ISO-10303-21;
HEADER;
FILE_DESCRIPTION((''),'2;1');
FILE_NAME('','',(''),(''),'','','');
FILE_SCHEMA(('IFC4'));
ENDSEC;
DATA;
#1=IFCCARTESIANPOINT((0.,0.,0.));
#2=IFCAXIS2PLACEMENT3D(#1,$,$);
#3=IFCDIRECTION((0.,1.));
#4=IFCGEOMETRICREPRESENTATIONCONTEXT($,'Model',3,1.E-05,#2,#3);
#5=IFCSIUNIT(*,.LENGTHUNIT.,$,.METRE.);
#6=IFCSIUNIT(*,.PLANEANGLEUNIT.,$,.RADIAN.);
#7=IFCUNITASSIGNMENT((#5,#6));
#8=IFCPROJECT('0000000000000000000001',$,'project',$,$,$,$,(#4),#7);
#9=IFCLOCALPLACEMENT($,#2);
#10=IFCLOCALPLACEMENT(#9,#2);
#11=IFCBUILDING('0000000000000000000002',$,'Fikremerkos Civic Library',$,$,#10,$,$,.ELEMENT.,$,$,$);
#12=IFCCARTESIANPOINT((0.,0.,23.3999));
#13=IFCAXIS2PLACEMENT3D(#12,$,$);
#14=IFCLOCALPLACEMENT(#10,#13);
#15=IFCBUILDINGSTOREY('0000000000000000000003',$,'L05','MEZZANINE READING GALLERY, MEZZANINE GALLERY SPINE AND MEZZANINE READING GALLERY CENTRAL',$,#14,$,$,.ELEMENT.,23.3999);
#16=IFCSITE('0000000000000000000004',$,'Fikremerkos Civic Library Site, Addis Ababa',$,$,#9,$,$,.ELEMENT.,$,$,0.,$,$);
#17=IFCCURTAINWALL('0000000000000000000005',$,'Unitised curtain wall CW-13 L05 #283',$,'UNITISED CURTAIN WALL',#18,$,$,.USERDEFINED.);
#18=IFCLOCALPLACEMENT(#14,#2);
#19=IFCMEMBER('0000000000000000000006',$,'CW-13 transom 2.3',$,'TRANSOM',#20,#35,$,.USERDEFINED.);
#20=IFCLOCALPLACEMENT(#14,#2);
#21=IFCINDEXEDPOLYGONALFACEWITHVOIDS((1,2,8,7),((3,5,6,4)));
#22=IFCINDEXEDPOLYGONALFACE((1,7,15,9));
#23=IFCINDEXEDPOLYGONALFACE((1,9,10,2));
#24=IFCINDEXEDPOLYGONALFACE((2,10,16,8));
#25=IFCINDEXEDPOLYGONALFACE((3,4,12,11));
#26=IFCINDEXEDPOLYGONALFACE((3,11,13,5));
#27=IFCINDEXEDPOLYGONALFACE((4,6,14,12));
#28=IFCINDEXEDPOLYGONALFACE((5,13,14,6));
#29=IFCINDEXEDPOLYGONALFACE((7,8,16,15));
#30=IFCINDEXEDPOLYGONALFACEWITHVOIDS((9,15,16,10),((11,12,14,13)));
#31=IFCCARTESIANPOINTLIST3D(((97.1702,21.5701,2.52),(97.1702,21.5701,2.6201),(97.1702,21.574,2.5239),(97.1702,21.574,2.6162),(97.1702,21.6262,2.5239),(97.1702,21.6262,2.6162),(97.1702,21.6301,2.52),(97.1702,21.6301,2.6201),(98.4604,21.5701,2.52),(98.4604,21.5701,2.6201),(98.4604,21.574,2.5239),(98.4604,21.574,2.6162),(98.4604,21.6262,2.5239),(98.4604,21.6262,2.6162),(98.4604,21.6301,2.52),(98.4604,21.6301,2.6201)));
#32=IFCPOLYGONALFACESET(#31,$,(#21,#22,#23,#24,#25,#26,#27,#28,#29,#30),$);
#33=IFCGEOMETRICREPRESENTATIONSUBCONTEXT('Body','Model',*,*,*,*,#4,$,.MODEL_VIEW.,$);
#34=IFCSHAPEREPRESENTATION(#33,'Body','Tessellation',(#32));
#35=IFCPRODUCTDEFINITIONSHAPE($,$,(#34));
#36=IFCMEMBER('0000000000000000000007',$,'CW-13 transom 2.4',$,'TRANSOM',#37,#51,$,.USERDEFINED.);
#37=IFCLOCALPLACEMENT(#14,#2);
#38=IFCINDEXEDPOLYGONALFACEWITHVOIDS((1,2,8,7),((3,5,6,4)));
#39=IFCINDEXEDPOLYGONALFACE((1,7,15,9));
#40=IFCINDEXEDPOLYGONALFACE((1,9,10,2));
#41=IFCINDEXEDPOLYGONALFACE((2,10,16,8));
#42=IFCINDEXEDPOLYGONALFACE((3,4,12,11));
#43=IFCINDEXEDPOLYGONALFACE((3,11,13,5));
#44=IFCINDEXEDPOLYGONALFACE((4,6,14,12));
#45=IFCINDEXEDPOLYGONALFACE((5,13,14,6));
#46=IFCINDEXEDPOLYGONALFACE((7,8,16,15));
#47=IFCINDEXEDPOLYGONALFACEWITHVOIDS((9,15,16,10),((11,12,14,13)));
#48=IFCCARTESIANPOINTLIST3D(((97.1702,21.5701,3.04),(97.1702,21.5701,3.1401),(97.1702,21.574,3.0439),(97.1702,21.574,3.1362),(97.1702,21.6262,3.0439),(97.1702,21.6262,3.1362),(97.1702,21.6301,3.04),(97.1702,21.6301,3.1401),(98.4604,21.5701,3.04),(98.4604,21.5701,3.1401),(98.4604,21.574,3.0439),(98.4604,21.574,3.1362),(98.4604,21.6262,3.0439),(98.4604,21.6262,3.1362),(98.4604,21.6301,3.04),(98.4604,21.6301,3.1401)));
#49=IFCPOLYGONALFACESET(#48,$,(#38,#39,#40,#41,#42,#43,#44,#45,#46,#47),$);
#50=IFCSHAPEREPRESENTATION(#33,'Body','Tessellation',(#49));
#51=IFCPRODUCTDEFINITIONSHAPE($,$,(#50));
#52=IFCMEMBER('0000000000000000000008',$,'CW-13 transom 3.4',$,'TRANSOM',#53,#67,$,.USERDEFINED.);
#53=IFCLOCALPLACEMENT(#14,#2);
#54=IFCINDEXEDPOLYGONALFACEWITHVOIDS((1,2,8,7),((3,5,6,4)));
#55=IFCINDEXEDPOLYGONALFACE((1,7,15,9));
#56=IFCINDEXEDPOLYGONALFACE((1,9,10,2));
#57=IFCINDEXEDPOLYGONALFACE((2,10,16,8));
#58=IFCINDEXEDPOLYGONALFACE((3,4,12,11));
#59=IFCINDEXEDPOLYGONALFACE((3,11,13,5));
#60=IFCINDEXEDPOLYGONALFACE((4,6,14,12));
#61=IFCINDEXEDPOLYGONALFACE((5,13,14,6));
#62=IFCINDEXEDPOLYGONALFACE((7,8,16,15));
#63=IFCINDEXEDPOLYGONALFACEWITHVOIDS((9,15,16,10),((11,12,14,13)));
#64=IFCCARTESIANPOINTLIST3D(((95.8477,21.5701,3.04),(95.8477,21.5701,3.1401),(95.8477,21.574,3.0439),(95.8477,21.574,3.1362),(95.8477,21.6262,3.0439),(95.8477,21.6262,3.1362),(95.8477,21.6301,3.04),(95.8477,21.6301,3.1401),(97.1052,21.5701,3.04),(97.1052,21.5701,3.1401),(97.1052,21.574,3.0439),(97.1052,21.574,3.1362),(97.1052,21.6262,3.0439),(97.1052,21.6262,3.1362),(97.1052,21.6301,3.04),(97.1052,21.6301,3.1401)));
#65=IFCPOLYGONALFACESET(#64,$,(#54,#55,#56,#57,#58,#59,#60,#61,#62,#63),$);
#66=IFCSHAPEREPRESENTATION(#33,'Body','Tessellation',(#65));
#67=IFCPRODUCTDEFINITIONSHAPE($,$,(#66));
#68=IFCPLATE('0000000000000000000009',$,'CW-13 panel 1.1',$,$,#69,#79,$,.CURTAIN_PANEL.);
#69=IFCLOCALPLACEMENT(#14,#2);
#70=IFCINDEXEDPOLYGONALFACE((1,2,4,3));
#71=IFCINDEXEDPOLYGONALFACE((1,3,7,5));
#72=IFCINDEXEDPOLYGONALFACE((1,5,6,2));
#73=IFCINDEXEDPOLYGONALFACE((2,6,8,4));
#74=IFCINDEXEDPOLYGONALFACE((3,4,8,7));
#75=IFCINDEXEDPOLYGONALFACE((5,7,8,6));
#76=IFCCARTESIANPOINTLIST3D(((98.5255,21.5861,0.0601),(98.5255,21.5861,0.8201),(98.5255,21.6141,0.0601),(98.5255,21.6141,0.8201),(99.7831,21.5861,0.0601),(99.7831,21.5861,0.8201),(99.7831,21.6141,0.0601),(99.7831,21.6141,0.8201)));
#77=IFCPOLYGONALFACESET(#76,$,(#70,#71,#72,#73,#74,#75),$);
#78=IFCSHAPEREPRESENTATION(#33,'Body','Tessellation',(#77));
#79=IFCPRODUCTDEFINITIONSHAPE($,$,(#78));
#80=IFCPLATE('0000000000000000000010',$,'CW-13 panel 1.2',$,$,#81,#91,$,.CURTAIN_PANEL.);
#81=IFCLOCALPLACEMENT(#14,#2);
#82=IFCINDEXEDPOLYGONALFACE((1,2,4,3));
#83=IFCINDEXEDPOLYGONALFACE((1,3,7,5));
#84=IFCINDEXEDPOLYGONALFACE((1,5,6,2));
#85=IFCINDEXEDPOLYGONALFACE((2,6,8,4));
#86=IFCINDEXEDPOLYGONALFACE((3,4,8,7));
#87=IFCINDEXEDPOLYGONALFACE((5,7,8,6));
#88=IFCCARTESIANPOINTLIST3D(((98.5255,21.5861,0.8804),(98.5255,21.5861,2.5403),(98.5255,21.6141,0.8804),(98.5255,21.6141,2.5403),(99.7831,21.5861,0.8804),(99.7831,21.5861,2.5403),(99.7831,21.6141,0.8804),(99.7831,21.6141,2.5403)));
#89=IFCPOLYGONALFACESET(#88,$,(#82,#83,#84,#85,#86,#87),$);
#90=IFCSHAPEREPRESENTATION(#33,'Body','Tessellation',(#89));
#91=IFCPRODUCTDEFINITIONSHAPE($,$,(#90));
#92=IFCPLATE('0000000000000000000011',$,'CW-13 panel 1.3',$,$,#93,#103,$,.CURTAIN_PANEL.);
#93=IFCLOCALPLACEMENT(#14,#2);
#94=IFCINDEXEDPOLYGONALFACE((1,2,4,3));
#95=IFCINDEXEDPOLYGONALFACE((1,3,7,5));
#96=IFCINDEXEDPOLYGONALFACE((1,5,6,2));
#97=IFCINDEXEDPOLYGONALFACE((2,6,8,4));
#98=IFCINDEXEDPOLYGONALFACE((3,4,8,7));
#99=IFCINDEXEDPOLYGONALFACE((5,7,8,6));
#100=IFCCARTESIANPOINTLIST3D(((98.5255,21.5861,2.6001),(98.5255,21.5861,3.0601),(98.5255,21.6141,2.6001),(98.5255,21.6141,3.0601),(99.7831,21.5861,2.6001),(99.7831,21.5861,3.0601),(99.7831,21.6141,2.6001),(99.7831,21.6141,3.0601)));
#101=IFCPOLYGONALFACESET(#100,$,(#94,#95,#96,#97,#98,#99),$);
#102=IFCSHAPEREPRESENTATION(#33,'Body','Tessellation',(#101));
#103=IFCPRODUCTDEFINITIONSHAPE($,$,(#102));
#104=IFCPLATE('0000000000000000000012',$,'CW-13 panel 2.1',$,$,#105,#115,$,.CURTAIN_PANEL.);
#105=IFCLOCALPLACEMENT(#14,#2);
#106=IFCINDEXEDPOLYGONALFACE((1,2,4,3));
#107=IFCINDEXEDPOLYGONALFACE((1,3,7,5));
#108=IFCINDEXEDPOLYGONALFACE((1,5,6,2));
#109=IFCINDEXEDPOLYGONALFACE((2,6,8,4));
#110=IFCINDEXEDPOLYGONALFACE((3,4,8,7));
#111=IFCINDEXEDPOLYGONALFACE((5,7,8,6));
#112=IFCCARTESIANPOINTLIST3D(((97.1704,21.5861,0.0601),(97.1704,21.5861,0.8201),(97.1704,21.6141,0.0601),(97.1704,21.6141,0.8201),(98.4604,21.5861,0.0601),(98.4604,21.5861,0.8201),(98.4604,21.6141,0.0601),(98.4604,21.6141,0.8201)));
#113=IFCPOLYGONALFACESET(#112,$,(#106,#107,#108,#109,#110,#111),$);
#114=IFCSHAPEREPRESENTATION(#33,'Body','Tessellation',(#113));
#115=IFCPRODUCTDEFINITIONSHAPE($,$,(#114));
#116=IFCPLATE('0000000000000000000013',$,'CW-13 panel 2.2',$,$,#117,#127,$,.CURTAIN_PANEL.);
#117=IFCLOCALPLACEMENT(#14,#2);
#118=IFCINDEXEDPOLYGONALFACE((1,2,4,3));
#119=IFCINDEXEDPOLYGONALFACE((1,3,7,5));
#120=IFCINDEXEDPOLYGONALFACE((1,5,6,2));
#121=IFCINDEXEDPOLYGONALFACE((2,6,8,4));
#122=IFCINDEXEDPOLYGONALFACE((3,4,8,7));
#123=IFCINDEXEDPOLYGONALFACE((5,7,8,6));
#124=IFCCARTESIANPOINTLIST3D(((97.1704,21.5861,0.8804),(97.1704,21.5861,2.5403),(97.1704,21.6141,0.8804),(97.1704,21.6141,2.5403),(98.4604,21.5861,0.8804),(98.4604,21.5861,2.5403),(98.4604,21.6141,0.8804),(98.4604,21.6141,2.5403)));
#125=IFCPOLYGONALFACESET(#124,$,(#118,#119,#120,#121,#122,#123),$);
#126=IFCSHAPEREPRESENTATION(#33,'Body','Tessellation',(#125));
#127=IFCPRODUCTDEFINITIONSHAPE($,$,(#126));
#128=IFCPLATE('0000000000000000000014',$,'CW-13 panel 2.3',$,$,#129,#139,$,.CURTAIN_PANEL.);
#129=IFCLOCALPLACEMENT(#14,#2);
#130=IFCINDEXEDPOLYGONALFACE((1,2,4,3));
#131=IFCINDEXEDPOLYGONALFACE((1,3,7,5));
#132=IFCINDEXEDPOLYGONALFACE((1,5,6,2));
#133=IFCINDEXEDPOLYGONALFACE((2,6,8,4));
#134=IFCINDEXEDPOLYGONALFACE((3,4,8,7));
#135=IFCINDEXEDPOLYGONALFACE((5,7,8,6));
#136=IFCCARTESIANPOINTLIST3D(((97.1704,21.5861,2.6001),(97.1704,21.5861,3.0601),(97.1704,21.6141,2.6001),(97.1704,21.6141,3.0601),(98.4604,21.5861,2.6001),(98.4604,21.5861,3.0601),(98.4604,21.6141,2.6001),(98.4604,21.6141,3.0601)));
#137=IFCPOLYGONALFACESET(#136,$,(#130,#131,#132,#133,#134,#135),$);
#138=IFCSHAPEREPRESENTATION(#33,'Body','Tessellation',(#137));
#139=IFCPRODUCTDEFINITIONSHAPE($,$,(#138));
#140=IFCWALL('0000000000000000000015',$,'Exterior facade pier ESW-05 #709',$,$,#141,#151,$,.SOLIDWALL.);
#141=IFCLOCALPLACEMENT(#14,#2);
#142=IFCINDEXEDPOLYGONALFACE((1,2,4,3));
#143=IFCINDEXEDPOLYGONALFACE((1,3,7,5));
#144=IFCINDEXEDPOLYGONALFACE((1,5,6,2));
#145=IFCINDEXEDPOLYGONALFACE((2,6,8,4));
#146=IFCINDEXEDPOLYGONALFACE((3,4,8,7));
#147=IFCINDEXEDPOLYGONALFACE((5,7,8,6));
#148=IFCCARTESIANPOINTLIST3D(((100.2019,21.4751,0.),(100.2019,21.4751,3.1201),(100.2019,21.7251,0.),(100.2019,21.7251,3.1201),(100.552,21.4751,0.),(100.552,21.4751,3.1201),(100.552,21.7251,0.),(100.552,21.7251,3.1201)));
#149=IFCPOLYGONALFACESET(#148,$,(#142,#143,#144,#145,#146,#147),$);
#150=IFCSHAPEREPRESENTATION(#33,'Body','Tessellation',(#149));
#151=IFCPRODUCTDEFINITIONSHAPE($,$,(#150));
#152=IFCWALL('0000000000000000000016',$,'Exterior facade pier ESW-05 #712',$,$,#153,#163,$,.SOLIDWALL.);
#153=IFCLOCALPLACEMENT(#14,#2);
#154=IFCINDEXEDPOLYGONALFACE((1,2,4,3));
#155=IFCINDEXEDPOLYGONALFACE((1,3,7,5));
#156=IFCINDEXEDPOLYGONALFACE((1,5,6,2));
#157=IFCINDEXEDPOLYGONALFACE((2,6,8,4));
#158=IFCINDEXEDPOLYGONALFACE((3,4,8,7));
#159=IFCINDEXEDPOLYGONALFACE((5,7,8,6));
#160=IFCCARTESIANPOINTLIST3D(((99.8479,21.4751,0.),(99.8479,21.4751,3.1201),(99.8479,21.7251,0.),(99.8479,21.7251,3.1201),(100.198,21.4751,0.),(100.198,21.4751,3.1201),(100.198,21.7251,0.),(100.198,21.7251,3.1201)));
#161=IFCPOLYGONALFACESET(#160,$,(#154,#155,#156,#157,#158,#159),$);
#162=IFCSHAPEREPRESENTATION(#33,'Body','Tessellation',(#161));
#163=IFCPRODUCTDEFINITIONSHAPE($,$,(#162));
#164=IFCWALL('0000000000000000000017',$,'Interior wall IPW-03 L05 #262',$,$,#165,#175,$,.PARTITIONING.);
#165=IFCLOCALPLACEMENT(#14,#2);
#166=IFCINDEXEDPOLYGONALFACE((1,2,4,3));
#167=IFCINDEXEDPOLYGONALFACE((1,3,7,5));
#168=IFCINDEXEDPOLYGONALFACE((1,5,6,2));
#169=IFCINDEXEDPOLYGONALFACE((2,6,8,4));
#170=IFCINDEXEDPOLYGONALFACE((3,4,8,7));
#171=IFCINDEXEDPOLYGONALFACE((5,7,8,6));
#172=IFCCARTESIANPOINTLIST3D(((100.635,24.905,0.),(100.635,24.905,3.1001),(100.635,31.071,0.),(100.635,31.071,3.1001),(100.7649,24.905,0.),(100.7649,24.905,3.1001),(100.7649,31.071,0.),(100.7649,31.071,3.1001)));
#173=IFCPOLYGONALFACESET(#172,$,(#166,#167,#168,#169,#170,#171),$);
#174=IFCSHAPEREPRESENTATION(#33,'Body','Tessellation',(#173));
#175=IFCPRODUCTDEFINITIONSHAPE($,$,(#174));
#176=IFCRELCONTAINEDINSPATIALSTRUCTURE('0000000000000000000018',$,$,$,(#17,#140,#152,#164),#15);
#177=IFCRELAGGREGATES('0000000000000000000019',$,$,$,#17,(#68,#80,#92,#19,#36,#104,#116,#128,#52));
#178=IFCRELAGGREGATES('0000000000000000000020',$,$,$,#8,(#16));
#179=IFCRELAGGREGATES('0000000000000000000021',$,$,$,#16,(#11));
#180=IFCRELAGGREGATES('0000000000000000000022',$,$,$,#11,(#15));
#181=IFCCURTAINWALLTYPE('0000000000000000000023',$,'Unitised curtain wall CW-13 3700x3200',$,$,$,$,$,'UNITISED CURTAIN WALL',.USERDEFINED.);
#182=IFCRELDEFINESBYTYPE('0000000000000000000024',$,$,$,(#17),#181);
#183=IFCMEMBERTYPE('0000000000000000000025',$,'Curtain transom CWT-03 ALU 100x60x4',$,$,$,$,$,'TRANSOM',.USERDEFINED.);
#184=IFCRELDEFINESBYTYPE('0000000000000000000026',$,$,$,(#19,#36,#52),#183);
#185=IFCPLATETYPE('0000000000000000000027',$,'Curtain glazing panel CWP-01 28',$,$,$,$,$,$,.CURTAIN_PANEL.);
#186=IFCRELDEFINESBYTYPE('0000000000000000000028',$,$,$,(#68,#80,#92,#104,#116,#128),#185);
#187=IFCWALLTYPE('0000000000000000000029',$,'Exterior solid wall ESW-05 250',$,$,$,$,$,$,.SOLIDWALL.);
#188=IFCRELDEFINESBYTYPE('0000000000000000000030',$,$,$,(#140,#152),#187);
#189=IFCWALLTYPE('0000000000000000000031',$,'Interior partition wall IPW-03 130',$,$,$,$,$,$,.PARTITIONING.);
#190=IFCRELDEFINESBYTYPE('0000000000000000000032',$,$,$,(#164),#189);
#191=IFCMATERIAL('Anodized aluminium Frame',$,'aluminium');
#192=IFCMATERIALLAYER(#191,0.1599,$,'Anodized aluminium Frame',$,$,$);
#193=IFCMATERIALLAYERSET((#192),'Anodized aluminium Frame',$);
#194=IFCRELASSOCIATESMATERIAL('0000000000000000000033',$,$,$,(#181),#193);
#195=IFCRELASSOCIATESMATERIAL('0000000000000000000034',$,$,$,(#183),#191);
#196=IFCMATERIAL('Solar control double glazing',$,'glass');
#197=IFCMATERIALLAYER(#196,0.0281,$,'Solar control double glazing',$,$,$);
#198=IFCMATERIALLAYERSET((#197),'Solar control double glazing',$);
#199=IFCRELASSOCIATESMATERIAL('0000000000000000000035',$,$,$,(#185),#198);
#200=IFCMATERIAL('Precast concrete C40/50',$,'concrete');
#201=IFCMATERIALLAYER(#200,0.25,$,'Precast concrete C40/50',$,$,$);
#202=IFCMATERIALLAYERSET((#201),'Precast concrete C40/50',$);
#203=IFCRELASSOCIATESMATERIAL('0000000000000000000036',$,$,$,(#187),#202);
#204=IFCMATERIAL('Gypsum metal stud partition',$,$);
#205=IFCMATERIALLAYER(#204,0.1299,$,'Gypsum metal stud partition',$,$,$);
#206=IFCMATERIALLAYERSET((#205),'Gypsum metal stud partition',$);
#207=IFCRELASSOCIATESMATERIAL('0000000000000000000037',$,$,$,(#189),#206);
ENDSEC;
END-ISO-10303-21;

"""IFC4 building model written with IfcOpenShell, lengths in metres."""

from ifc_helpers import new_model, si_unit, direction, frame, frame_2d, origin, origin_2d, place, context, subcontext, project, spatial, rectangle, hollow_rectangle, extrude, material, layer, layer_set, material_profile, profile_set, type_object, element, aggregate, save


model = new_model("IFC4")

# Units and contexts
model_context = context("Model", 3, precision=1e-05, world=origin(), true_north=direction((0.0, 1.0)))
body_context = subcontext(model_context, "Body", "Model", "MODEL_VIEW")
ifc_project = project(units=[si_unit("LENGTHUNIT", "METRE"), si_unit("PLANEANGLEUNIT", "RADIAN")], contexts=[model_context])

# Site, building, storey
site_placement = place(None, origin())
site = spatial("IfcSite", under=ifc_project, at=site_placement, Name="Fikremerkos Civic Library Site, Addis Ababa", CompositionType="ELEMENT", RefElevation=0.0)
building_placement = place(site_placement, origin())
building = spatial("IfcBuilding", under=site, at=building_placement, Name="Fikremerkos Civic Library", CompositionType="ELEMENT")
storey_placement = place(building_placement, frame((0.0, 0.0, 23.3999)))
storey = spatial("IfcBuildingStorey", under=building, at=storey_placement, Name="L05", Description="MEZZANINE READING GALLERY, MEZZANINE GALLERY SPINE AND MEZZANINE READING GALLERY CENTRAL", CompositionType="ELEMENT", Elevation=23.3999)

# Curtain wall
ifc_material_1 = material(Name="Anodized aluminium Frame", Category="aluminium")
ifc_layer_1 = layer(ifc_material_1, 0.1599, Name="Anodized aluminium Frame")
ifc_layer_set_1 = layer_set([ifc_layer_1], Name="Anodized aluminium Frame")
curtain_wall_type_1 = type_object("IfcCurtainWallType", Name="Unitised curtain wall CW-13 3700x3200", ElementType="UNITISED CURTAIN WALL", PredefinedType="USERDEFINED", material=ifc_layer_set_1)
curtain_wall_1_placement = place(storey_placement, origin())
curtain_wall_1 = element("IfcCurtainWall", 1, at=curtain_wall_1_placement, inside=storey, type_object=curtain_wall_type_1, Name="Unitised curtain wall CW-13 L05 #283", ObjectType="UNITISED CURTAIN WALL", PredefinedType="USERDEFINED")

# Members
ifc_material_profile_1 = material_profile(ifc_material_1, hollow_rectangle(XDim=0.0601, YDim=0.1001, WallThickness=0.0039, at=origin_2d()), Name="ALU 100x60x4")
ifc_profile_set_1 = profile_set([ifc_material_profile_1], Name="Anodized aluminium Frame")
member_type_1 = type_object("IfcMemberType", Name="Curtain transom CWT-03 ALU 100x60x4", ElementType="TRANSOM", PredefinedType="USERDEFINED", material=ifc_profile_set_1)
member_1_placement = place(storey_placement, frame((98.4604, 21.6001, 2.5701), z_axis=(-1.0, 0.0, 0.0), x_axis=(0.0, -1.0, 0.0)))
member_1 = element("IfcMember", 2, at=member_1_placement, type_object=member_type_1, Name="CW-13 transom 2.3", ObjectType="TRANSOM", PredefinedType="USERDEFINED", context=body_context, shape_type="SweptSolid", body=[
    extrude(hollow_rectangle(XDim=0.0601, YDim=0.1001, WallThickness=0.0039, at=origin_2d()), origin(), (0.0, 0.0, 1.0), 1.2903),
])
member_2_placement = place(storey_placement, frame((98.4604, 21.6001, 3.0901), z_axis=(-1.0, 0.0, 0.0), x_axis=(0.0, -1.0, 0.0)))
member_2 = element("IfcMember", 3, at=member_2_placement, type_object=member_type_1, Name="CW-13 transom 2.4", ObjectType="TRANSOM", PredefinedType="USERDEFINED", context=body_context, shape_type="SweptSolid", body=[
    extrude(hollow_rectangle(XDim=0.0601, YDim=0.1001, WallThickness=0.0039, at=origin_2d()), origin(), (0.0, 0.0, 1.0), 1.2903),
])
member_3_placement = place(storey_placement, frame((97.1052, 21.6001, 3.0901), z_axis=(-1.0, 0.0, 0.0), x_axis=(0.0, -1.0, 0.0)))
member_3 = element("IfcMember", 4, at=member_3_placement, type_object=member_type_1, Name="CW-13 transom 3.4", ObjectType="TRANSOM", PredefinedType="USERDEFINED", context=body_context, shape_type="SweptSolid", body=[
    extrude(hollow_rectangle(XDim=0.0601, YDim=0.1001, WallThickness=0.0039, at=origin_2d()), origin(), (0.0, 0.0, 1.0), 1.2576),
])

# Plates
ifc_material_2 = material(Name="Solar control double glazing", Category="glass")
ifc_layer_2 = layer(ifc_material_2, 0.0281, Name="Solar control double glazing")
ifc_layer_set_2 = layer_set([ifc_layer_2], Name="Solar control double glazing")
plate_type = type_object("IfcPlateType", Name="Curtain glazing panel CWP-01 28", PredefinedType="CURTAIN_PANEL", material=ifc_layer_set_2)
plate_1_placement = place(storey_placement, frame((99.1543, 21.6001, 0.0601), z_axis=(0.0, 0.0, 1.0), x_axis=(-1.0, 0.0, 0.0)))
plate_1 = element("IfcPlate", 5, at=plate_1_placement, type_object=plate_type, Name="CW-13 panel 1.1", PredefinedType="CURTAIN_PANEL", context=body_context, shape_type="SweptSolid", body=[
    extrude(rectangle(XDim=1.2576, YDim=0.0281, at=origin_2d()), origin(), (0.0, 0.0, 1.0), 0.76),
])
plate_2_placement = place(storey_placement, frame((99.1543, 21.6001, 0.8804), z_axis=(0.0, 0.0, 1.0), x_axis=(-1.0, 0.0, 0.0)))
plate_2 = element("IfcPlate", 6, at=plate_2_placement, type_object=plate_type, Name="CW-13 panel 1.2", PredefinedType="CURTAIN_PANEL", context=body_context, shape_type="SweptSolid", body=[
    extrude(rectangle(XDim=1.2576, YDim=0.0281, at=origin_2d()), origin(), (0.0, 0.0, 1.0), 1.6599),
])
plate_3_placement = place(storey_placement, frame((99.1543, 21.6001, 2.6001), z_axis=(0.0, 0.0, 1.0), x_axis=(-1.0, 0.0, 0.0)))
plate_3 = element("IfcPlate", 7, at=plate_3_placement, type_object=plate_type, Name="CW-13 panel 1.3", PredefinedType="CURTAIN_PANEL", context=body_context, shape_type="SweptSolid", body=[
    extrude(rectangle(XDim=1.2576, YDim=0.0281, at=origin_2d()), origin(), (0.0, 0.0, 1.0), 0.46),
])
plate_4_placement = place(storey_placement, frame((97.8154, 21.6001, 0.0601), z_axis=(0.0, 0.0, 1.0), x_axis=(-1.0, 0.0, 0.0)))
plate_4 = element("IfcPlate", 8, at=plate_4_placement, type_object=plate_type, Name="CW-13 panel 2.1", PredefinedType="CURTAIN_PANEL", context=body_context, shape_type="SweptSolid", body=[
    extrude(rectangle(XDim=1.29, YDim=0.0281, at=origin_2d()), origin(), (0.0, 0.0, 1.0), 0.76),
])
plate_5_placement = place(storey_placement, frame((97.8154, 21.6001, 0.8804), z_axis=(0.0, 0.0, 1.0), x_axis=(-1.0, 0.0, 0.0)))
plate_5 = element("IfcPlate", 9, at=plate_5_placement, type_object=plate_type, Name="CW-13 panel 2.2", PredefinedType="CURTAIN_PANEL", context=body_context, shape_type="SweptSolid", body=[
    extrude(rectangle(XDim=1.29, YDim=0.0281, at=origin_2d()), origin(), (0.0, 0.0, 1.0), 1.6599),
])
plate_6_placement = place(storey_placement, frame((97.8154, 21.6001, 2.6001), z_axis=(0.0, 0.0, 1.0), x_axis=(-1.0, 0.0, 0.0)))
plate_6 = element("IfcPlate", 10, at=plate_6_placement, type_object=plate_type, Name="CW-13 panel 2.3", PredefinedType="CURTAIN_PANEL", context=body_context, shape_type="SweptSolid", body=[
    extrude(rectangle(XDim=1.29, YDim=0.0281, at=origin_2d()), origin(), (0.0, 0.0, 1.0), 0.46),
])
aggregate(curtain_wall_1, [plate_1, plate_2, plate_3, member_1, member_2, plate_4, plate_5, plate_6, member_3])

# Walls
ifc_material_3 = material(Name="Precast concrete C40/50", Category="concrete")
ifc_layer_3 = layer(ifc_material_3, 0.25, Name="Precast concrete C40/50")
ifc_layer_set_3 = layer_set([ifc_layer_3], Name="Precast concrete C40/50")
wall_type_1 = type_object("IfcWallType", Name="Exterior solid wall ESW-05 250", PredefinedType="SOLIDWALL", material=ifc_layer_set_3)
for number, where, z_axis, x_axis, name in (
    (11, (100.552, 21.6001, 0.0), (0.0, 0.0, 1.0), (-1.0, 0.0, 0.0), "Exterior facade pier ESW-05 #709"),
    (12, (100.198, 21.6001, 0.0), (0.0, 0.0, 1.0), (-1.0, 0.0, 0.0), "Exterior facade pier ESW-05 #712"),
):
    element("IfcWall", number, at=place(storey_placement, frame(where, z_axis=z_axis, x_axis=x_axis)), inside=storey, type_object=wall_type_1, Name=name, PredefinedType="SOLIDWALL", context=body_context, shape_type="SweptSolid", body=[
        extrude(rectangle(XDim=0.3501, YDim=0.25, at=frame_2d((0.175, 0.0))), origin(), (0.0, 0.0, 1.0), 3.1201),
    ])
ifc_material_4 = material(Name="Gypsum metal stud partition")
ifc_layer_4 = layer(ifc_material_4, 0.1299, Name="Gypsum metal stud partition")
ifc_layer_set_4 = layer_set([ifc_layer_4], Name="Gypsum metal stud partition")
wall_type_2 = type_object("IfcWallType", Name="Interior partition wall IPW-03 130", PredefinedType="PARTITIONING", material=ifc_layer_set_4)
wall_placement = place(storey_placement, frame((100.7, 24.905, 0.0), z_axis=(0.0, 0.0, 1.0), x_axis=(0.0, 1.0, 0.0)))
element("IfcWall", 13, at=wall_placement, inside=storey, type_object=wall_type_2, Name="Interior wall IPW-03 L05 #262", PredefinedType="PARTITIONING", context=body_context, shape_type="SweptSolid", body=[
    extrude(rectangle(XDim=6.166, YDim=0.1299, at=frame_2d((3.083, 0.0))), origin(), (0.0, 0.0, 1.0), 3.1001),
])

save(model, "model.ifc")
